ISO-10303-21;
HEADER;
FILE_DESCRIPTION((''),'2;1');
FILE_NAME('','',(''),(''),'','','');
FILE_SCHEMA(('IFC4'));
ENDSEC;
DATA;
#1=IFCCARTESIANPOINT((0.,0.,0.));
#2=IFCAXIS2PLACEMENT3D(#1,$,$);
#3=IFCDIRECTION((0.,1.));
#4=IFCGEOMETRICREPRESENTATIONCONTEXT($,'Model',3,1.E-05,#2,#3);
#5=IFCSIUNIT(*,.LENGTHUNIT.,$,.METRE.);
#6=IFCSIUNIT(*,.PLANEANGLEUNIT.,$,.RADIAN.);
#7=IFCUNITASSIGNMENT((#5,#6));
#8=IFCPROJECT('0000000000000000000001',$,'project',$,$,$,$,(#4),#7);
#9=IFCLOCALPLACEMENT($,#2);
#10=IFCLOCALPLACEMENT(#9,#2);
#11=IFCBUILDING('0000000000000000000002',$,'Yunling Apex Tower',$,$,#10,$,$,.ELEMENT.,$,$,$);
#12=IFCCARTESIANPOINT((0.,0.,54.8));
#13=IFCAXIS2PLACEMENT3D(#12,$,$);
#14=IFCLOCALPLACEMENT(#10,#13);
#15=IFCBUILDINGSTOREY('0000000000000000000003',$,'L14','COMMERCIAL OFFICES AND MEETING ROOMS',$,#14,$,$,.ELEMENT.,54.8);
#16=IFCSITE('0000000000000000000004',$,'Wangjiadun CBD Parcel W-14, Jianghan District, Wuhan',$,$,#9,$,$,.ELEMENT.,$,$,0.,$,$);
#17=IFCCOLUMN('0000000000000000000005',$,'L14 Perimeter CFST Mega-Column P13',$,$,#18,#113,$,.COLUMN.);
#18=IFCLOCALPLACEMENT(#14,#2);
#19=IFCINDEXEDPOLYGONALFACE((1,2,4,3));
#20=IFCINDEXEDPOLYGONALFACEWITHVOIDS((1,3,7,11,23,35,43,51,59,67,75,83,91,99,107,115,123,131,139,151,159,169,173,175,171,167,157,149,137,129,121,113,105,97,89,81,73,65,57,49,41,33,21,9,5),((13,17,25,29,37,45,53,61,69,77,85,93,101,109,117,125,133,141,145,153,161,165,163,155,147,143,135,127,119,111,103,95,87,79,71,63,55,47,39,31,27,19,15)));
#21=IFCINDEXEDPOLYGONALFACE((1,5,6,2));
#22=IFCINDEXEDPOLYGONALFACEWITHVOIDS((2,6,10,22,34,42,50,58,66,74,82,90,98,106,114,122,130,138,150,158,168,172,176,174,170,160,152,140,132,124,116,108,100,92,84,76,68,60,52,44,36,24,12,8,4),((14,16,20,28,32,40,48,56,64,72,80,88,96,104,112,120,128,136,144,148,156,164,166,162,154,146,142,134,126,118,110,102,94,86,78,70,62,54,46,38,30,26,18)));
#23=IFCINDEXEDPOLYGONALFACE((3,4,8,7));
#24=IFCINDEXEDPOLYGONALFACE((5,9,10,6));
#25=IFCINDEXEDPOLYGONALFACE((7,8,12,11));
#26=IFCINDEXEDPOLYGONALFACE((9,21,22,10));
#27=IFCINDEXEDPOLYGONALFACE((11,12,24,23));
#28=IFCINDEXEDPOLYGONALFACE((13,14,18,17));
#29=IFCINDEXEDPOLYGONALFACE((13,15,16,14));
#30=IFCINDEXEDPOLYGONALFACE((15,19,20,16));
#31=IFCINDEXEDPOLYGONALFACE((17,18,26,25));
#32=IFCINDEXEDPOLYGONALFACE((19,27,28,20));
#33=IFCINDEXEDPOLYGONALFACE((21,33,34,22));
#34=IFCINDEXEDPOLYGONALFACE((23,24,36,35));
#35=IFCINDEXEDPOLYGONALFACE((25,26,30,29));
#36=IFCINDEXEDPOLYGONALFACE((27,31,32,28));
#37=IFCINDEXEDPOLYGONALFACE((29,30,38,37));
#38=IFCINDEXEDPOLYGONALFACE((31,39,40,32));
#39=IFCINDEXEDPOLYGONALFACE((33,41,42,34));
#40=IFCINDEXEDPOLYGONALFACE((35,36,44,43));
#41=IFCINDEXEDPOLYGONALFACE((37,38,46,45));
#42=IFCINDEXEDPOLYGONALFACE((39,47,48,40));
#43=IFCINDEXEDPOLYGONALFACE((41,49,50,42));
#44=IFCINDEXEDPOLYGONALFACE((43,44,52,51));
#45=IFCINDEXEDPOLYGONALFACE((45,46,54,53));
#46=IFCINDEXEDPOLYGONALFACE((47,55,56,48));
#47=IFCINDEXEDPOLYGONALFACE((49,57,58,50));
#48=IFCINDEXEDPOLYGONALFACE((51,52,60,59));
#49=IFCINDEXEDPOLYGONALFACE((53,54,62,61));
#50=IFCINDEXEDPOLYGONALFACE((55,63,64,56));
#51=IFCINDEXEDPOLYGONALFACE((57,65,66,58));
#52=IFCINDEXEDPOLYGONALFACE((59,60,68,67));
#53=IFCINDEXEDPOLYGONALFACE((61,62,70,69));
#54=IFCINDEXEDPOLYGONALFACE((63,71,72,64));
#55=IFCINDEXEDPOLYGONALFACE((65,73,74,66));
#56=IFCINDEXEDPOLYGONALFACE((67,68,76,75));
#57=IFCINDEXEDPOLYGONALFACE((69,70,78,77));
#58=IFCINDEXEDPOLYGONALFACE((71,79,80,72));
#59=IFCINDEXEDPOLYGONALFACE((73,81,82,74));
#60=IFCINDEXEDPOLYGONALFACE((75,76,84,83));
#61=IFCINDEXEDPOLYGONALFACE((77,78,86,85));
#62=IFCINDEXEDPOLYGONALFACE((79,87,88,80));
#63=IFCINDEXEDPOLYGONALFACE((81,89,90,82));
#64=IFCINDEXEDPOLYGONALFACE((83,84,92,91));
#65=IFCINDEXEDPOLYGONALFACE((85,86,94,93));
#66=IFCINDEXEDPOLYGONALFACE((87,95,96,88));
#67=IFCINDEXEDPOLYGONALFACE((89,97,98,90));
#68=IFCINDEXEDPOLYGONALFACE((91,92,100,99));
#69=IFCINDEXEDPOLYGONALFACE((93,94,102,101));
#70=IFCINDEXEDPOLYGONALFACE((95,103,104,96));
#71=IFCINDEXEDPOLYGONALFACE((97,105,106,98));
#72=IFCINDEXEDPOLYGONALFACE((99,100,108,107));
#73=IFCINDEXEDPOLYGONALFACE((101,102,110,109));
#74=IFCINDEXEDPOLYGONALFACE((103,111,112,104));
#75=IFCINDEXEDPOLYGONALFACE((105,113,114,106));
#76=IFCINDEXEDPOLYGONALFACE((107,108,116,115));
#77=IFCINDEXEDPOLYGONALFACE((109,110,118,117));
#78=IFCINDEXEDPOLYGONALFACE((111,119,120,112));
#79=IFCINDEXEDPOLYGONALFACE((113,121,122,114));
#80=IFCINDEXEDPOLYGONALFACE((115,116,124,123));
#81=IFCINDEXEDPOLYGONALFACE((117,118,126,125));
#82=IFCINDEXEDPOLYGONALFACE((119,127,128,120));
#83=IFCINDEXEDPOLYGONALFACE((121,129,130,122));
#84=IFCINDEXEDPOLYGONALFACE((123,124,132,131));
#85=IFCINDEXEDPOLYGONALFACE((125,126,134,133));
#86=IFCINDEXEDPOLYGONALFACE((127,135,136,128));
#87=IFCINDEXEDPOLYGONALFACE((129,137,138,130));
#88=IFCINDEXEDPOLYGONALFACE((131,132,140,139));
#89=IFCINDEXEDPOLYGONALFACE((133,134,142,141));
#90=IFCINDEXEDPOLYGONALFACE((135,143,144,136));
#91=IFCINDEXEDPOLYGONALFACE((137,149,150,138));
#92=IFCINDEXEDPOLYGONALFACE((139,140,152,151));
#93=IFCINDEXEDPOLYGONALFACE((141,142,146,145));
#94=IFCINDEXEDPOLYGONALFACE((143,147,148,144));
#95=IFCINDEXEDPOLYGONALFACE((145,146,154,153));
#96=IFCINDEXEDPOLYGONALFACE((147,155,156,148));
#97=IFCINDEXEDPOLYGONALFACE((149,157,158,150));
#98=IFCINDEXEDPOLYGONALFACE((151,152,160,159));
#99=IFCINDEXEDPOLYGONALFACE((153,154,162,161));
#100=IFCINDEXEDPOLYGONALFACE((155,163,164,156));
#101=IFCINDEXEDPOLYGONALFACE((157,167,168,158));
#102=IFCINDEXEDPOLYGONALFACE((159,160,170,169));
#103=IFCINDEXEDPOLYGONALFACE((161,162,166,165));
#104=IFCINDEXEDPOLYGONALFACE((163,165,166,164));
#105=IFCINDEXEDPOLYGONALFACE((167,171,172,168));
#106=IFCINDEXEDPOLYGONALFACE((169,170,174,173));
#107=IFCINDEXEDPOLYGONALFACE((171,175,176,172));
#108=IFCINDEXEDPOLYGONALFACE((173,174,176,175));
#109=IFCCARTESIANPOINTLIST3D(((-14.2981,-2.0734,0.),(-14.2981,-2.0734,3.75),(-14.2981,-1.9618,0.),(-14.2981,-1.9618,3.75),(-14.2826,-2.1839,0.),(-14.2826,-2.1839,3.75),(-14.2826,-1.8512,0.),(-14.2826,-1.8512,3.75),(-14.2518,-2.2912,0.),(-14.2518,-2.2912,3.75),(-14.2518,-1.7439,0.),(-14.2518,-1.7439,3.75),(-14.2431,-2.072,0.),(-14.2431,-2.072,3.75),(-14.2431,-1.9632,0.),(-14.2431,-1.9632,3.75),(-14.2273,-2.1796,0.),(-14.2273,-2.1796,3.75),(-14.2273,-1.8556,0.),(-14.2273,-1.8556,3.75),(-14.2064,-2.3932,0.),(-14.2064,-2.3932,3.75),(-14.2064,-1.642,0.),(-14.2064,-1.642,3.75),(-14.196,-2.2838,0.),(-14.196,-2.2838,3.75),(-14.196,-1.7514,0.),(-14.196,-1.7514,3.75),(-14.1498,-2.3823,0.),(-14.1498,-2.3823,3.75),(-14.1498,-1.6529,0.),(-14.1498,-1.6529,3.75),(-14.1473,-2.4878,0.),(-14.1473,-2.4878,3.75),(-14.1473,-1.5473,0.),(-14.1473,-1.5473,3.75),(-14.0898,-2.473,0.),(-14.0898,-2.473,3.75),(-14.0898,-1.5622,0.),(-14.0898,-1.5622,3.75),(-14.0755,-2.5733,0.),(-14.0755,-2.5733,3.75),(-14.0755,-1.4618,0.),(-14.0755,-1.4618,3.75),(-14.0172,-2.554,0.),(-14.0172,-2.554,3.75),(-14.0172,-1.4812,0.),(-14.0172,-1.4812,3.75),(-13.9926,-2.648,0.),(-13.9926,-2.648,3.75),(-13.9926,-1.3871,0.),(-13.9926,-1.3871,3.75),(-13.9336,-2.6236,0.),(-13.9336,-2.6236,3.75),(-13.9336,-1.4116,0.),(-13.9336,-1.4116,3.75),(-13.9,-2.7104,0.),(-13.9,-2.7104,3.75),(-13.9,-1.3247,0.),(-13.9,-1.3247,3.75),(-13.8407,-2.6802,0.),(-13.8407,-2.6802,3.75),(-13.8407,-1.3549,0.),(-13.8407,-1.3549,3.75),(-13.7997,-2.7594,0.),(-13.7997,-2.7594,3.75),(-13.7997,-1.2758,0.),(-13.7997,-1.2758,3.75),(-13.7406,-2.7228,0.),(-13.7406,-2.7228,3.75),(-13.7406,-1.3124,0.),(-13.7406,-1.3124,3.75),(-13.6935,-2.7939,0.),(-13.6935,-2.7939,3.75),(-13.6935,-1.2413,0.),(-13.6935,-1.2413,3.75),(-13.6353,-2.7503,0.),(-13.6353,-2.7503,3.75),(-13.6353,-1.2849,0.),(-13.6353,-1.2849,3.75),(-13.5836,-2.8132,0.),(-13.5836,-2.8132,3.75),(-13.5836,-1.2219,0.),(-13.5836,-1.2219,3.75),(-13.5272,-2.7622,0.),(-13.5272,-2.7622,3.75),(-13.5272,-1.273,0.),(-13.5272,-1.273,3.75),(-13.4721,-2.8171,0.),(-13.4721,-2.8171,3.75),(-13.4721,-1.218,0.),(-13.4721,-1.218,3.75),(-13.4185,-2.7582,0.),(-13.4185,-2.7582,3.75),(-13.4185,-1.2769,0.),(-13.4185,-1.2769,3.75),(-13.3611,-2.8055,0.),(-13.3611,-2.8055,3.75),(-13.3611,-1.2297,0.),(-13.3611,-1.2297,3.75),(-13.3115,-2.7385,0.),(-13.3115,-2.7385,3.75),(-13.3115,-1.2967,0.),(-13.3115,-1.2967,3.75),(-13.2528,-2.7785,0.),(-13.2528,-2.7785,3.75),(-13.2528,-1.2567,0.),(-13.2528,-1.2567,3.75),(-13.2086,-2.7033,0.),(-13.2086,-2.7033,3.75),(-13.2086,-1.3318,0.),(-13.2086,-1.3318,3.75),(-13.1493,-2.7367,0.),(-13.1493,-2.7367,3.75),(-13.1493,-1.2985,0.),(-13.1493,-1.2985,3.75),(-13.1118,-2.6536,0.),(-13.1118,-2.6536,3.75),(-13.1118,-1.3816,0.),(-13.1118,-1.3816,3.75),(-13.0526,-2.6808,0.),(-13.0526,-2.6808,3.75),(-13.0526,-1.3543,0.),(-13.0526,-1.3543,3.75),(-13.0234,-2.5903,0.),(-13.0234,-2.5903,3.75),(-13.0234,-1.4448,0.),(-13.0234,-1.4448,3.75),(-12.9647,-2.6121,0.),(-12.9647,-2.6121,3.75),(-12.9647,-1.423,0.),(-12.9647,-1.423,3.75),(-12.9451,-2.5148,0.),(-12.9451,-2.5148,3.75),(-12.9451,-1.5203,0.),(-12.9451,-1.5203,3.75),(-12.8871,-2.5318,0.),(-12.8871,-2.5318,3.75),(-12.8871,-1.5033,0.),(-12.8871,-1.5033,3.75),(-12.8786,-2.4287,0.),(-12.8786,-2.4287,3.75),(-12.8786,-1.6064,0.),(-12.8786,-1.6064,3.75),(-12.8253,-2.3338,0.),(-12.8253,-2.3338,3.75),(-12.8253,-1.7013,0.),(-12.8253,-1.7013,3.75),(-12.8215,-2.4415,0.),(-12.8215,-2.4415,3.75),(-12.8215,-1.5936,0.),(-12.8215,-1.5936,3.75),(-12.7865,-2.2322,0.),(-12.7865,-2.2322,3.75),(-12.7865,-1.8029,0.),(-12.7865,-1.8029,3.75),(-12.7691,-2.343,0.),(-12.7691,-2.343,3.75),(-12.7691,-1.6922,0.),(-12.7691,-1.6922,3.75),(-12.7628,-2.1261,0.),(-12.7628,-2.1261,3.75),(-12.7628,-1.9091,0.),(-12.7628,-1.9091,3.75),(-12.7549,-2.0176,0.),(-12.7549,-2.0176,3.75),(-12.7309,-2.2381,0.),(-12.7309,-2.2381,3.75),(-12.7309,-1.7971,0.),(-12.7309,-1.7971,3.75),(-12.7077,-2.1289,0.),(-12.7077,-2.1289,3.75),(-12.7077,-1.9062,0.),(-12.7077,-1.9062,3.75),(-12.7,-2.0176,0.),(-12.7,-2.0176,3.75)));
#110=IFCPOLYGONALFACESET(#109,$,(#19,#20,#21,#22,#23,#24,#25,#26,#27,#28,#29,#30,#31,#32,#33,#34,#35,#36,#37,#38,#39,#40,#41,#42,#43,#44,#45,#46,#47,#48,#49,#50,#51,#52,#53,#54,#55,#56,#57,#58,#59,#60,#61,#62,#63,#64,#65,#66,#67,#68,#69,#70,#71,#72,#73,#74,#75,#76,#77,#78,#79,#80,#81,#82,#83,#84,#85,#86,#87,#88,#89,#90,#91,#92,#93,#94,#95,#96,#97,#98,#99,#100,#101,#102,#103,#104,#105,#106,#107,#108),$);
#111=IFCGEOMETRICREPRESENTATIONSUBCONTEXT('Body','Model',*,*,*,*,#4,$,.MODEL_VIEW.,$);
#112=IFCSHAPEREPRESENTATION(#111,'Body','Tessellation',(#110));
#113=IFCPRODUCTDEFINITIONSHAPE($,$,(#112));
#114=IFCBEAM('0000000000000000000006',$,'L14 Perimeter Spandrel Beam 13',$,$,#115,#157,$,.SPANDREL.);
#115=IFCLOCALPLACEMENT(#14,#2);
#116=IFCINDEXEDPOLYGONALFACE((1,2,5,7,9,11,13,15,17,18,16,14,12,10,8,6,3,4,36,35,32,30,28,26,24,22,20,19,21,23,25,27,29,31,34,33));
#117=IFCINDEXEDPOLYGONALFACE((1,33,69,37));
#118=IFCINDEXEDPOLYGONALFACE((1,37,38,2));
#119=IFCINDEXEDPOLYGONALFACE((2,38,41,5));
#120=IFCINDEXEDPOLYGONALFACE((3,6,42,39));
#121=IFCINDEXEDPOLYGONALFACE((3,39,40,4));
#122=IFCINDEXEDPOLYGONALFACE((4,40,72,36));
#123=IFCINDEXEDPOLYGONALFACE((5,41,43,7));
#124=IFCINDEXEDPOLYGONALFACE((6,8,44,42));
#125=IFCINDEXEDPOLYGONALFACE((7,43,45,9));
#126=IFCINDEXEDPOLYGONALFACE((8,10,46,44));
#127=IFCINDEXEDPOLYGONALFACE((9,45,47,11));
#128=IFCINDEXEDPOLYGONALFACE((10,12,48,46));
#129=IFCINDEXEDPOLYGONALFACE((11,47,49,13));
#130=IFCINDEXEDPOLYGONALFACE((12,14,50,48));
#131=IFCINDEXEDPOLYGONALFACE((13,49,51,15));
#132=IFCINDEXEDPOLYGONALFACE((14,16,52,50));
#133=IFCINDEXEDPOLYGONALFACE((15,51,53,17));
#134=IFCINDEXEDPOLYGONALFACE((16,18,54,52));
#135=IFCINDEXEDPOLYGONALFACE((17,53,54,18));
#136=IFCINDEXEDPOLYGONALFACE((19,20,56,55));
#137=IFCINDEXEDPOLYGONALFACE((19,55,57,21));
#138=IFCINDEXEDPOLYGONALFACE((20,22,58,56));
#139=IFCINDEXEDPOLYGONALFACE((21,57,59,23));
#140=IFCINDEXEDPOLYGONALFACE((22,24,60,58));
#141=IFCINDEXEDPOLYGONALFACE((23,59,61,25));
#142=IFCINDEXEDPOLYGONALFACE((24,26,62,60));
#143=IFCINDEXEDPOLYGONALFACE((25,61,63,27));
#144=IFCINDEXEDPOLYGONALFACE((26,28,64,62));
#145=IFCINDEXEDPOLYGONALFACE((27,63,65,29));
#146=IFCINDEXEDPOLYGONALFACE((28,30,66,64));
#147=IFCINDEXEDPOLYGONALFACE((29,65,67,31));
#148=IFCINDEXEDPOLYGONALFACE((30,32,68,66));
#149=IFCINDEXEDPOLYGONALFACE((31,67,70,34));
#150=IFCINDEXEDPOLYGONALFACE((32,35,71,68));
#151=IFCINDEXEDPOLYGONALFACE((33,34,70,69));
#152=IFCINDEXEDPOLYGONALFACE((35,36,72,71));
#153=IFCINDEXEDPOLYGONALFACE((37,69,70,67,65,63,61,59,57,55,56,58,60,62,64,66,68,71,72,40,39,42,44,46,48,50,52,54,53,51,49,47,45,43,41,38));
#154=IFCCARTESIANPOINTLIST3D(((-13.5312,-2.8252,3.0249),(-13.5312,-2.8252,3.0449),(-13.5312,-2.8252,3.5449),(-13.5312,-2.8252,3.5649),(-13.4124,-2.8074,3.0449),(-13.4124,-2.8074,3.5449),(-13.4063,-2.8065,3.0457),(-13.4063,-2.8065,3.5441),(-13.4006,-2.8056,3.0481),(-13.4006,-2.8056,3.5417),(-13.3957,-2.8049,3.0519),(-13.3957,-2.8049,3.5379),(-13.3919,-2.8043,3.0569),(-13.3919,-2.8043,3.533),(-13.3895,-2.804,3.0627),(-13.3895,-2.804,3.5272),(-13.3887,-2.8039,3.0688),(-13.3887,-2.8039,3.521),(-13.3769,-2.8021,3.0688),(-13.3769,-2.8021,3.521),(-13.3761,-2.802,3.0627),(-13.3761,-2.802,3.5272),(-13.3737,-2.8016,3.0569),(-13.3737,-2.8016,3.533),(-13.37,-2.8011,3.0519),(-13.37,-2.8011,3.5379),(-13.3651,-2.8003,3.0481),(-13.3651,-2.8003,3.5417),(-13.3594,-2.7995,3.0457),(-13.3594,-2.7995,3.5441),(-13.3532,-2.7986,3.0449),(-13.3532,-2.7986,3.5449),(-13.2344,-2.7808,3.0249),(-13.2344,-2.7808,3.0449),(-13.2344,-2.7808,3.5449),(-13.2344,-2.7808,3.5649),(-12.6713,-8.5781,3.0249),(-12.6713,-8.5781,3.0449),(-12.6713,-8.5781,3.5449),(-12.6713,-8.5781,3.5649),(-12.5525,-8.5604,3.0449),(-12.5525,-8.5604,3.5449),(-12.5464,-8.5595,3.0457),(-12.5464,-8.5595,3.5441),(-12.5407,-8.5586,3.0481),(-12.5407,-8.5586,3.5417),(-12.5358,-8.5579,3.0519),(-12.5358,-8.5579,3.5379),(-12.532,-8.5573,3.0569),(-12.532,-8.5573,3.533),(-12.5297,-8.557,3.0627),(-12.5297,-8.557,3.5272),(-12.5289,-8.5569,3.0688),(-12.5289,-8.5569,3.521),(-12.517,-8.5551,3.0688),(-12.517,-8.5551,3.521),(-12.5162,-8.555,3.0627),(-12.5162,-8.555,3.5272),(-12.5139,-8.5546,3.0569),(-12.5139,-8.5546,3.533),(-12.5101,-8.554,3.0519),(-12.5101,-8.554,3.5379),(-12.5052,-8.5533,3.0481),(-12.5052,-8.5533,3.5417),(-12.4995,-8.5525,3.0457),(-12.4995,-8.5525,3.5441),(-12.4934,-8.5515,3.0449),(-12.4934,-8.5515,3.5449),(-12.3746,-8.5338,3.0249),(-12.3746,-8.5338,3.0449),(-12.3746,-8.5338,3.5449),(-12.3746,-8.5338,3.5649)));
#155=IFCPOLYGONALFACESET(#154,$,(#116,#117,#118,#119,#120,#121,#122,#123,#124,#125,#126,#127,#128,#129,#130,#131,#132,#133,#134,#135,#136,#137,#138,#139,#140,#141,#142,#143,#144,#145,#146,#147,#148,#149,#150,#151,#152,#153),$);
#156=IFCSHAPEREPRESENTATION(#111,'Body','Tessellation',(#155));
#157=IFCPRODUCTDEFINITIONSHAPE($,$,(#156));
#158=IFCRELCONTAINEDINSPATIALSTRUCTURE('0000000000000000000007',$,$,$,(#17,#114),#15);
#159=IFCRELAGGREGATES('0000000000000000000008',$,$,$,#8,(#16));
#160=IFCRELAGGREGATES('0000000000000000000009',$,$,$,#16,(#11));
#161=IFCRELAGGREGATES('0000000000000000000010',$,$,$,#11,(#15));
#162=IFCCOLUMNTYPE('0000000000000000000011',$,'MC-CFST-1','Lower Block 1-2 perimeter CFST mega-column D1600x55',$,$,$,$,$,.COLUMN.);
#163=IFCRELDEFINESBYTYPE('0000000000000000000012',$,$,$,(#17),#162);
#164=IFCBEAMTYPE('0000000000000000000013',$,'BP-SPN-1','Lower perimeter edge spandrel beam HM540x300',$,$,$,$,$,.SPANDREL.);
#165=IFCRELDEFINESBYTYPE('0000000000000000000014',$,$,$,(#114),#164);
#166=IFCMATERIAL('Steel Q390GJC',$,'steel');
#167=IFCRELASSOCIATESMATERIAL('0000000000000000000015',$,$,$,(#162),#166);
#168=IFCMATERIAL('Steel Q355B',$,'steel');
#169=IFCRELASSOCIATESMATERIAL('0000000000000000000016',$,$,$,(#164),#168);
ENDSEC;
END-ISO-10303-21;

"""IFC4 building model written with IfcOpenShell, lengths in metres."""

from ifc_helpers import new_model, si_unit, direction, frame, origin, origin_2d, place, context, subcontext, project, spatial, hollow_circle, i_section, extrude, source, transform, mapped, material, material_profile, profile_set, type_object, element, save


model = new_model("IFC4")

# Units and contexts
model_context = context("Model", 3, precision=1e-05, world=origin(), true_north=direction((0.0, 1.0)))
body_context = subcontext(model_context, "Body", "Model", "MODEL_VIEW")
ifc_project = project(units=[si_unit("LENGTHUNIT", "METRE"), si_unit("PLANEANGLEUNIT", "RADIAN")], contexts=[model_context])

# Site, building, storey
site_placement = place(None, origin())
site = spatial("IfcSite", under=ifc_project, at=site_placement, Name="Wangjiadun CBD Parcel W-14, Jianghan District, Wuhan", CompositionType="ELEMENT", RefElevation=0.0)
building_placement = place(site_placement, origin())
building = spatial("IfcBuilding", under=site, at=building_placement, Name="Yunling Apex Tower", CompositionType="ELEMENT")
storey_placement = place(building_placement, frame((0.0, 0.0, 54.8)))
storey = spatial("IfcBuildingStorey", under=building, at=storey_placement, Name="L14", Description="COMMERCIAL OFFICES AND MEETING ROOMS", CompositionType="ELEMENT", Elevation=54.8)

# Column
ifc_material_1 = material(Name="Steel Q390GJC", Category="steel")
ifc_material_profile_1 = material_profile(ifc_material_1, hollow_circle(Radius=0.8, WallThickness=0.0549, at=origin_2d()))
ifc_profile_set_1 = profile_set([ifc_material_profile_1], Name="Steel Q390GJC")
column_type = type_object("IfcColumnType", Name="MC-CFST-1", Description="Lower Block 1-2 perimeter CFST mega-column D1600x55", PredefinedType="COLUMN", material=ifc_profile_set_1)
shared_shape_1 = source(origin(), body_context, "Body", "SweptSolid", [
    extrude(hollow_circle(Radius=0.8, WallThickness=0.0549, at=origin_2d()), origin(), (0.0, 0.0, 1.0), 3.75),
])
column_placement = place(storey_placement, frame((-13.5, -2.0176, 0.0), z_axis=(0.0, 0.0, 1.0), x_axis=(1.0, 0.0, 0.0)))
element("IfcColumn", 1, at=column_placement, inside=storey, type_object=column_type, Name="L14 Perimeter CFST Mega-Column P13", PredefinedType="COLUMN", context=body_context, shape_type="MappedRepresentation", body=[
    mapped(shared_shape_1, transform((0.0, 0.0, 0.0), scale=1.0)),
])

# Beam
ifc_material_2 = material(Name="Steel Q355B", Category="steel")
ifc_material_profile_2 = material_profile(ifc_material_2, i_section(OverallWidth=0.3, OverallDepth=0.54, WebThickness=0.012, FlangeThickness=0.02, FilletRadius=0.0239, at=origin_2d()))
ifc_profile_set_2 = profile_set([ifc_material_profile_2], Name="Steel Q355B")
beam_type_1 = type_object("IfcBeamType", Name="BP-SPN-1", Description="Lower perimeter edge spandrel beam HM540x300", PredefinedType="SPANDREL", material=ifc_profile_set_2)
shared_shape_2 = source(origin(), body_context, "Body", "SweptSolid", [
    extrude(i_section(OverallWidth=0.3, OverallDepth=0.54, WebThickness=0.012, FlangeThickness=0.02, FilletRadius=0.0239, at=origin_2d()), origin(), (0.0, 0.0, 1.0), 5.8169),
])
beam_1_placement = place(storey_placement, frame((-13.3828, -2.803, 3.2949), z_axis=(0.147823, -0.989014, 0.0), x_axis=(0.989014, 0.147823, 0.0)))
element("IfcBeam", 2, at=beam_1_placement, inside=storey, type_object=beam_type_1, Name="L14 Perimeter Spandrel Beam 13", PredefinedType="SPANDREL", context=body_context, shape_type="MappedRepresentation", body=[
    mapped(shared_shape_2, transform((0.0, 0.0, 0.0), scale=1.0)),
])

save(model, "model.ifc")
